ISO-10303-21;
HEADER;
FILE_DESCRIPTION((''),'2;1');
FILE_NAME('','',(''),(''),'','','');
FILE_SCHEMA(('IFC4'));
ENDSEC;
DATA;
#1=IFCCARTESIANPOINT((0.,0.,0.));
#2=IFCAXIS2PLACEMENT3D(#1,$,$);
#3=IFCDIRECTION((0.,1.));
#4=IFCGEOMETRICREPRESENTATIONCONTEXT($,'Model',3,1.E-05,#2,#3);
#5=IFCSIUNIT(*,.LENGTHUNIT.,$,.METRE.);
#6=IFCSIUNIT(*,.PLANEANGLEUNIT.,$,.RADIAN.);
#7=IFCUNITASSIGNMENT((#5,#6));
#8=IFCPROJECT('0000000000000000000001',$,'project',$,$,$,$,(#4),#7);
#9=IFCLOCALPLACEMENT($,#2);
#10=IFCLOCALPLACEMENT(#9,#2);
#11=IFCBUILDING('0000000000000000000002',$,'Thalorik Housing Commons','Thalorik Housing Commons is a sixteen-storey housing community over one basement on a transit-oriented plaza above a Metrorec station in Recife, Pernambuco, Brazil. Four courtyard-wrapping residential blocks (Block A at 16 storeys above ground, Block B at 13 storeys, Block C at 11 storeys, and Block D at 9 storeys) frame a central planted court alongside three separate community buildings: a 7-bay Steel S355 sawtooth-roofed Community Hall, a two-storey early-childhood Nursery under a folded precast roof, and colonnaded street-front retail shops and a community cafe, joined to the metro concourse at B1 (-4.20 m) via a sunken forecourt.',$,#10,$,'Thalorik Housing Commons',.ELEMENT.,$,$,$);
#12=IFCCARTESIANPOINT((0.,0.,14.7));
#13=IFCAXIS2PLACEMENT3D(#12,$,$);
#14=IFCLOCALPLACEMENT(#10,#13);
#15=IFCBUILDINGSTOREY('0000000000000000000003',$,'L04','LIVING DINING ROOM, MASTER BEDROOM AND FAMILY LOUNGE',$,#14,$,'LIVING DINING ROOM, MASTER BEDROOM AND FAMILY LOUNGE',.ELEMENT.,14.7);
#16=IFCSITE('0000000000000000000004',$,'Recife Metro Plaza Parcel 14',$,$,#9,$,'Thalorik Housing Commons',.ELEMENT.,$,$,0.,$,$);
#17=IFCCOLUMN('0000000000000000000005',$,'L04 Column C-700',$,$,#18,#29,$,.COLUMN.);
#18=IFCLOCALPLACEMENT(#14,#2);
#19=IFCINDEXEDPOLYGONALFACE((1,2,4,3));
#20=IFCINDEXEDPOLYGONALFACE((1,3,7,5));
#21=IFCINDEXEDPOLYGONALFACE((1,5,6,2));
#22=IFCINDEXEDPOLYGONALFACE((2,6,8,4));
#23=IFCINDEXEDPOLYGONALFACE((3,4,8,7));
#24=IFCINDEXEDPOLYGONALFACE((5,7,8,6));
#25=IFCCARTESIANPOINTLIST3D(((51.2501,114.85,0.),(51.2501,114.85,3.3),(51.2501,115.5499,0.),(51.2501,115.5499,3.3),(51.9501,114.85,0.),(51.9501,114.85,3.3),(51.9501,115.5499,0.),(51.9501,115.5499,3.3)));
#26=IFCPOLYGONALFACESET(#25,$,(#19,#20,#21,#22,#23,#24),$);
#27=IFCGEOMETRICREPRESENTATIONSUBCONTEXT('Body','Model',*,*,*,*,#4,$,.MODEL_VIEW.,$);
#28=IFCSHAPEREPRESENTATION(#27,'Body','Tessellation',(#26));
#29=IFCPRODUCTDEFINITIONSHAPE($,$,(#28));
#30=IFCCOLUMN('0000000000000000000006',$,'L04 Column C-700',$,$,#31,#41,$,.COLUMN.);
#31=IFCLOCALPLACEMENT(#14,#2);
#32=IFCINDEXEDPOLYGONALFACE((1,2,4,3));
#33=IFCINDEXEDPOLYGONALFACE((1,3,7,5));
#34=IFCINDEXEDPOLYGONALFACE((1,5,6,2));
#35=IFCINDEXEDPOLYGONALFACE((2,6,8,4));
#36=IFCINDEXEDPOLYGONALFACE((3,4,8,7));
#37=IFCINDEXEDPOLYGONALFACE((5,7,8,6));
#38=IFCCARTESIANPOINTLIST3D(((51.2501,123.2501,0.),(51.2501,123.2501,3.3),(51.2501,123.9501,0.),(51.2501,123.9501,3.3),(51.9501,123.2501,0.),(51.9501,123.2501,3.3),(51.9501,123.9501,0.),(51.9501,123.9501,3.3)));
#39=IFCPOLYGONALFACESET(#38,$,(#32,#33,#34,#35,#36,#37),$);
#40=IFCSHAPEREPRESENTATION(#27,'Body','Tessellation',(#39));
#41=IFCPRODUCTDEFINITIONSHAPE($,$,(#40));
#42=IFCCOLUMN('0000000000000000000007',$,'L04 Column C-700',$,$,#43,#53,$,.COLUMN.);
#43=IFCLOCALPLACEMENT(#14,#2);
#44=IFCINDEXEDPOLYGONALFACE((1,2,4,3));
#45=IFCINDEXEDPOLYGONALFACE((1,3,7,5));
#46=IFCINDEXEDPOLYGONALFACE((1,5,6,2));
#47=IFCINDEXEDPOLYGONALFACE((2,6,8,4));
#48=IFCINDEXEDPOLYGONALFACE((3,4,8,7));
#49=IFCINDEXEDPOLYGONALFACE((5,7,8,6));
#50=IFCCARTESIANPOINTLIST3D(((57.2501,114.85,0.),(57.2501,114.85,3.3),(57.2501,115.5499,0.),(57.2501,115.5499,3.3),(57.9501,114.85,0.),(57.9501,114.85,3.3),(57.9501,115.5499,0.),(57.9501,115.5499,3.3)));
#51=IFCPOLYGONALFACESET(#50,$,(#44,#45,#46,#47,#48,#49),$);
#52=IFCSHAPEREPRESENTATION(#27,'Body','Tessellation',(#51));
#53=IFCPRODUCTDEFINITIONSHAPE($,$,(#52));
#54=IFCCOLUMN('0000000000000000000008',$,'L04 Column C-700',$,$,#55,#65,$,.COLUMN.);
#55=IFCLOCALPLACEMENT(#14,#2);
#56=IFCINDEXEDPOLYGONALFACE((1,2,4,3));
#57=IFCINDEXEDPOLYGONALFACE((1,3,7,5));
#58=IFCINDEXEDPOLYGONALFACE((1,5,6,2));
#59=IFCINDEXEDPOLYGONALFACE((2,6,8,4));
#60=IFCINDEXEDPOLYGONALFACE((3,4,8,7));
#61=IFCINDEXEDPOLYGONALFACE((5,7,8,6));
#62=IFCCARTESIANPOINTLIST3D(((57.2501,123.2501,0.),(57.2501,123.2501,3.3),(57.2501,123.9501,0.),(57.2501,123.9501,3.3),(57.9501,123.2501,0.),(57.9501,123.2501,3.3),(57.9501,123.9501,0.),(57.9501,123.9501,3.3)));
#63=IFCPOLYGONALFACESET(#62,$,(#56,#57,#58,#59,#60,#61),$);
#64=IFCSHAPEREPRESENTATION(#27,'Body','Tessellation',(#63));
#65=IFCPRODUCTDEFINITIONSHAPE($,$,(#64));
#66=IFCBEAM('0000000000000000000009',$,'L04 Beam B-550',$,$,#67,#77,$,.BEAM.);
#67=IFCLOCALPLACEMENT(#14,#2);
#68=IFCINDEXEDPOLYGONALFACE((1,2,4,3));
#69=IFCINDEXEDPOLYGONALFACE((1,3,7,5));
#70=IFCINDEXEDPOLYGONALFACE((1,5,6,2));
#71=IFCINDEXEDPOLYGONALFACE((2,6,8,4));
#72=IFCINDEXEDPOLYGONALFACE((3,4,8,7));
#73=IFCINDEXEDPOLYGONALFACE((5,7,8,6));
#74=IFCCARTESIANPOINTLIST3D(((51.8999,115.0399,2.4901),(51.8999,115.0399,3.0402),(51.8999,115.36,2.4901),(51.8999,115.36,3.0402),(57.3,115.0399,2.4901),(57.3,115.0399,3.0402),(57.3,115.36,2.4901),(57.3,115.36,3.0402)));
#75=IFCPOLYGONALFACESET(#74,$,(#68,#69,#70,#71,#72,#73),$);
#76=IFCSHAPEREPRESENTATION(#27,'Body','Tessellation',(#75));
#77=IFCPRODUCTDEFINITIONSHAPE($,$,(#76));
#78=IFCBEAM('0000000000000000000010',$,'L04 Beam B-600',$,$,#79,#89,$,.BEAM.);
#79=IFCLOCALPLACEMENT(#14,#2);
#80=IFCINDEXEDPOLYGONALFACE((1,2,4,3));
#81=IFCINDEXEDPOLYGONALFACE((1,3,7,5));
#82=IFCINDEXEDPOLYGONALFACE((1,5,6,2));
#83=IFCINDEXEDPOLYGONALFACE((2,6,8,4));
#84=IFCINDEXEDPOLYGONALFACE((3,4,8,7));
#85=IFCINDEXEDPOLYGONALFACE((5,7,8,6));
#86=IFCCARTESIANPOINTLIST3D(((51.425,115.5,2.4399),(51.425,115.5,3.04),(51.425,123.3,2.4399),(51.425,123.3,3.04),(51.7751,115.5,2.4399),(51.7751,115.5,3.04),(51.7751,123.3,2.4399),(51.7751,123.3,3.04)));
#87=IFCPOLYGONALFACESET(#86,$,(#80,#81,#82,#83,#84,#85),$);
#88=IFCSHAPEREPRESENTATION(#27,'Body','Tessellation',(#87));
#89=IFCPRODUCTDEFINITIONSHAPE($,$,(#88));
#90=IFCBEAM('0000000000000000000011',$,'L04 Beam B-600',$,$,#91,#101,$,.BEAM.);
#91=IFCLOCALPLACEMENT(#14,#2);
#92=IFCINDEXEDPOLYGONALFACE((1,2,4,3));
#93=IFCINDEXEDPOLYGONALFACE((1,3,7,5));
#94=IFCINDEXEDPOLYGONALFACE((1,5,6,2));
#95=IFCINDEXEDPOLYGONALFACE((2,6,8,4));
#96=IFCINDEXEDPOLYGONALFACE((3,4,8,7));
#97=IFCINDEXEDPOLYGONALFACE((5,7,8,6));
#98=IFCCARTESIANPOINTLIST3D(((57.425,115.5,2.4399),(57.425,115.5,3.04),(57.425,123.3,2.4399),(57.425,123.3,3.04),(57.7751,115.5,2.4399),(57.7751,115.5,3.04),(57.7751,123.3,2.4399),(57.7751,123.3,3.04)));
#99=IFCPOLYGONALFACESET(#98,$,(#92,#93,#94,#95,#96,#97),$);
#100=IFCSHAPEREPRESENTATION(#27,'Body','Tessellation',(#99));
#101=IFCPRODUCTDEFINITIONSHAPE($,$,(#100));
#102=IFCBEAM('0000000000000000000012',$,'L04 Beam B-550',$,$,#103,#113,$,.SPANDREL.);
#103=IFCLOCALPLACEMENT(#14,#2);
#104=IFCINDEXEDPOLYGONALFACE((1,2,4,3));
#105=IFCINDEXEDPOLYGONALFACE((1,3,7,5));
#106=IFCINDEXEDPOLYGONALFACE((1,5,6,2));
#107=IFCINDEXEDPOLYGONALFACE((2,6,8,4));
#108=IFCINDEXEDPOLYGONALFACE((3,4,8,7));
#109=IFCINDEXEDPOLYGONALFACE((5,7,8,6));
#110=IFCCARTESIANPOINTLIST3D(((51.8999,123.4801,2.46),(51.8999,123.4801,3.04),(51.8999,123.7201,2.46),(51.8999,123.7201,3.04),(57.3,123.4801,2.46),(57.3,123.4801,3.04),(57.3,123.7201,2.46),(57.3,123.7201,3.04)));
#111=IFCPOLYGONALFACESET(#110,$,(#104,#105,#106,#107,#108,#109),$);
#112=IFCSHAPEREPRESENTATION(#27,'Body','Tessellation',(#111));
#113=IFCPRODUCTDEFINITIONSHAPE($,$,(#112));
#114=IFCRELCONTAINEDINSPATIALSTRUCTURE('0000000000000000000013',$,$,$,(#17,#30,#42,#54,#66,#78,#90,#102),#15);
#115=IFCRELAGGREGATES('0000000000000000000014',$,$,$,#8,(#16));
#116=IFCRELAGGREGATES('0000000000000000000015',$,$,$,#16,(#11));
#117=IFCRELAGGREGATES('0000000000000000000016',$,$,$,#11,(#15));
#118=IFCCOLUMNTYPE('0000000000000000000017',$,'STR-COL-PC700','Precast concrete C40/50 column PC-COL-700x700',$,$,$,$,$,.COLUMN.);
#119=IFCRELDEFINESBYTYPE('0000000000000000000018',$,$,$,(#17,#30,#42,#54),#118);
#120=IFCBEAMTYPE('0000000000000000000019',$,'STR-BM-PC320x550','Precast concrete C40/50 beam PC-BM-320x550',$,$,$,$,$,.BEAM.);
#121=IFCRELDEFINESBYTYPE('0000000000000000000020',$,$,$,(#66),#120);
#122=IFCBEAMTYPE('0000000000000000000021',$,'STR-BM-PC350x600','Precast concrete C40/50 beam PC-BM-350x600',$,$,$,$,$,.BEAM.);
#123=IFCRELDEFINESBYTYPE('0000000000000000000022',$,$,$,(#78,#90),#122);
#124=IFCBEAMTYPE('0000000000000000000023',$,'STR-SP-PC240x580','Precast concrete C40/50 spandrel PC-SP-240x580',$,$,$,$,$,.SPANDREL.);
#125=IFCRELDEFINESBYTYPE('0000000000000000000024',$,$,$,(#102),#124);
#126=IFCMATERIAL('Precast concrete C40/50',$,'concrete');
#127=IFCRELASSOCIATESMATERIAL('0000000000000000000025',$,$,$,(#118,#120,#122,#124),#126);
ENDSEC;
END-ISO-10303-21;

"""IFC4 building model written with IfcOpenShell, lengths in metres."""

from ifc_helpers import new_model, si_unit, direction, frame, origin, origin_2d, place, context, subcontext, project, spatial, rectangle, extrude, material, material_profile, profile_set, type_object, element, save


model = new_model("IFC4")

# Units and contexts
model_context = context("Model", 3, precision=1e-05, world=origin(), true_north=direction((0.0, 1.0)))
body_context = subcontext(model_context, "Body", "Model", "MODEL_VIEW")
ifc_project = project(units=[si_unit("LENGTHUNIT", "METRE"), si_unit("PLANEANGLEUNIT", "RADIAN")], contexts=[model_context])

# Site, building, storey
site_placement = place(None, origin())
site = spatial("IfcSite", under=ifc_project, at=site_placement, Name="Recife Metro Plaza Parcel 14", LongName="Thalorik Housing Commons", CompositionType="ELEMENT", RefElevation=0.0)
building_placement = place(site_placement, origin())
building = spatial("IfcBuilding", under=site, at=building_placement, Name="Thalorik Housing Commons", Description="Thalorik Housing Commons is a sixteen-storey housing community over one basement on a transit-oriented plaza above a Metrorec station in Recife, Pernambuco, Brazil. Four courtyard-wrapping residential blocks (Block A at 16 storeys above ground, Block B at 13 storeys, Block C at 11 storeys, and Block D at 9 storeys) frame a central planted court alongside three separate community buildings: a 7-bay Steel S355 sawtooth-roofed Community Hall, a two-storey early-childhood Nursery under a folded precast roof, and colonnaded street-front retail shops and a community cafe, joined to the metro concourse at B1 (-4.20 m) via a sunken forecourt.", LongName="Thalorik Housing Commons", CompositionType="ELEMENT")
storey_placement = place(building_placement, frame((0.0, 0.0, 14.7)))
storey = spatial("IfcBuildingStorey", under=building, at=storey_placement, Name="L04", Description="LIVING DINING ROOM, MASTER BEDROOM AND FAMILY LOUNGE", LongName="LIVING DINING ROOM, MASTER BEDROOM AND FAMILY LOUNGE", CompositionType="ELEMENT", Elevation=14.7)

# Columns
ifc_material_1 = material(Name="Precast concrete C40/50", Category="concrete")
ifc_material_profile_1 = material_profile(ifc_material_1, rectangle(XDim=0.7, YDim=0.7, at=origin_2d()), Name="PC 700x700", Category="concrete")
ifc_profile_set_1 = profile_set([ifc_material_profile_1], Name="Precast concrete C40/50")
column_type = type_object("IfcColumnType", Name="STR-COL-PC700", Description="Precast concrete C40/50 column PC-COL-700x700", PredefinedType="COLUMN", material=ifc_profile_set_1)
for number, where, z_axis, x_axis, name in (
    (1, (51.6001, 115.2, 0.0), (0.0, 0.0, 1.0), (1.0, 0.0, 0.0), "L04 Column C-700"),
    (2, (51.6001, 123.6001, 0.0), (0.0, 0.0, 1.0), (1.0, 0.0, 0.0), "L04 Column C-700"),
    (3, (57.6001, 115.2, 0.0), (0.0, 0.0, 1.0), (1.0, 0.0, 0.0), "L04 Column C-700"),
    (4, (57.6001, 123.6001, 0.0), (0.0, 0.0, 1.0), (1.0, 0.0, 0.0), "L04 Column C-700"),
):
    element("IfcColumn", number, at=place(storey_placement, frame(where, z_axis=z_axis, x_axis=x_axis)), inside=storey, type_object=column_type, Name=name, PredefinedType="COLUMN", context=body_context, shape_type="SweptSolid", body=[
        extrude(rectangle(XDim=0.7, YDim=0.7, at=origin_2d()), origin(), (0.0, 0.0, 1.0), 3.3),
    ])

# Beams
ifc_material_profile_2 = material_profile(ifc_material_1, rectangle(XDim=0.3201, YDim=0.55, at=origin_2d()), Name="PC 320x550", Category="concrete")
ifc_profile_set_2 = profile_set([ifc_material_profile_2], Name="Precast concrete C40/50")
beam_type_1 = type_object("IfcBeamType", Name="STR-BM-PC320x550", Description="Precast concrete C40/50 beam PC-BM-320x550", PredefinedType="BEAM", material=ifc_profile_set_2)
beam_1_placement = place(storey_placement, frame((51.8999, 115.2, 2.7651), z_axis=(1.0, 0.0, 0.0), x_axis=(0.0, 1.0, 0.0)))
element("IfcBeam", 5, at=beam_1_placement, inside=storey, type_object=beam_type_1, Name="L04 Beam B-550", PredefinedType="BEAM", context=body_context, shape_type="SweptSolid", body=[
    extrude(rectangle(XDim=0.3201, YDim=0.55, at=origin_2d()), origin(), (0.0, 0.0, 1.0), 5.4001),
])
ifc_material_profile_3 = material_profile(ifc_material_1, rectangle(XDim=0.3501, YDim=0.6001, at=origin_2d()), Name="PC 350x600", Category="concrete")
ifc_profile_set_3 = profile_set([ifc_material_profile_3], Name="Precast concrete C40/50")
beam_type_2 = type_object("IfcBeamType", Name="STR-BM-PC350x600", Description="Precast concrete C40/50 beam PC-BM-350x600", PredefinedType="BEAM", material=ifc_profile_set_3)
for number, where, z_axis, x_axis, name in (
    (6, (51.6001, 115.5, 2.74), (0.0, 1.0, 0.0), (-1.0, 0.0, 0.0), "L04 Beam B-600"),
    (7, (57.6001, 115.5, 2.74), (0.0, 1.0, 0.0), (-1.0, 0.0, 0.0), "L04 Beam B-600"),
):
    element("IfcBeam", number, at=place(storey_placement, frame(where, z_axis=z_axis, x_axis=x_axis)), inside=storey, type_object=beam_type_2, Name=name, PredefinedType="BEAM", context=body_context, shape_type="SweptSolid", body=[
        extrude(rectangle(XDim=0.3501, YDim=0.6001, at=origin_2d()), origin(), (0.0, 0.0, 1.0), 7.8),
    ])
ifc_material_profile_4 = material_profile(ifc_material_1, rectangle(XDim=0.24, YDim=0.5801, at=origin_2d()), Name="PC SP 240x580", Category="concrete")
ifc_profile_set_4 = profile_set([ifc_material_profile_4], Name="Precast concrete C40/50")
beam_type_3 = type_object("IfcBeamType", Name="STR-SP-PC240x580", Description="Precast concrete C40/50 spandrel PC-SP-240x580", PredefinedType="SPANDREL", material=ifc_profile_set_4)
beam_2_placement = place(storey_placement, frame((51.8999, 123.6001, 2.75), z_axis=(1.0, 0.0, 0.0), x_axis=(0.0, 1.0, 0.0)))
element("IfcBeam", 8, at=beam_2_placement, inside=storey, type_object=beam_type_3, Name="L04 Beam B-550", PredefinedType="SPANDREL", context=body_context, shape_type="SweptSolid", body=[
    extrude(rectangle(XDim=0.24, YDim=0.5801, at=origin_2d()), origin(), (0.0, 0.0, 1.0), 5.4001),
])

save(model, "model.ifc")
